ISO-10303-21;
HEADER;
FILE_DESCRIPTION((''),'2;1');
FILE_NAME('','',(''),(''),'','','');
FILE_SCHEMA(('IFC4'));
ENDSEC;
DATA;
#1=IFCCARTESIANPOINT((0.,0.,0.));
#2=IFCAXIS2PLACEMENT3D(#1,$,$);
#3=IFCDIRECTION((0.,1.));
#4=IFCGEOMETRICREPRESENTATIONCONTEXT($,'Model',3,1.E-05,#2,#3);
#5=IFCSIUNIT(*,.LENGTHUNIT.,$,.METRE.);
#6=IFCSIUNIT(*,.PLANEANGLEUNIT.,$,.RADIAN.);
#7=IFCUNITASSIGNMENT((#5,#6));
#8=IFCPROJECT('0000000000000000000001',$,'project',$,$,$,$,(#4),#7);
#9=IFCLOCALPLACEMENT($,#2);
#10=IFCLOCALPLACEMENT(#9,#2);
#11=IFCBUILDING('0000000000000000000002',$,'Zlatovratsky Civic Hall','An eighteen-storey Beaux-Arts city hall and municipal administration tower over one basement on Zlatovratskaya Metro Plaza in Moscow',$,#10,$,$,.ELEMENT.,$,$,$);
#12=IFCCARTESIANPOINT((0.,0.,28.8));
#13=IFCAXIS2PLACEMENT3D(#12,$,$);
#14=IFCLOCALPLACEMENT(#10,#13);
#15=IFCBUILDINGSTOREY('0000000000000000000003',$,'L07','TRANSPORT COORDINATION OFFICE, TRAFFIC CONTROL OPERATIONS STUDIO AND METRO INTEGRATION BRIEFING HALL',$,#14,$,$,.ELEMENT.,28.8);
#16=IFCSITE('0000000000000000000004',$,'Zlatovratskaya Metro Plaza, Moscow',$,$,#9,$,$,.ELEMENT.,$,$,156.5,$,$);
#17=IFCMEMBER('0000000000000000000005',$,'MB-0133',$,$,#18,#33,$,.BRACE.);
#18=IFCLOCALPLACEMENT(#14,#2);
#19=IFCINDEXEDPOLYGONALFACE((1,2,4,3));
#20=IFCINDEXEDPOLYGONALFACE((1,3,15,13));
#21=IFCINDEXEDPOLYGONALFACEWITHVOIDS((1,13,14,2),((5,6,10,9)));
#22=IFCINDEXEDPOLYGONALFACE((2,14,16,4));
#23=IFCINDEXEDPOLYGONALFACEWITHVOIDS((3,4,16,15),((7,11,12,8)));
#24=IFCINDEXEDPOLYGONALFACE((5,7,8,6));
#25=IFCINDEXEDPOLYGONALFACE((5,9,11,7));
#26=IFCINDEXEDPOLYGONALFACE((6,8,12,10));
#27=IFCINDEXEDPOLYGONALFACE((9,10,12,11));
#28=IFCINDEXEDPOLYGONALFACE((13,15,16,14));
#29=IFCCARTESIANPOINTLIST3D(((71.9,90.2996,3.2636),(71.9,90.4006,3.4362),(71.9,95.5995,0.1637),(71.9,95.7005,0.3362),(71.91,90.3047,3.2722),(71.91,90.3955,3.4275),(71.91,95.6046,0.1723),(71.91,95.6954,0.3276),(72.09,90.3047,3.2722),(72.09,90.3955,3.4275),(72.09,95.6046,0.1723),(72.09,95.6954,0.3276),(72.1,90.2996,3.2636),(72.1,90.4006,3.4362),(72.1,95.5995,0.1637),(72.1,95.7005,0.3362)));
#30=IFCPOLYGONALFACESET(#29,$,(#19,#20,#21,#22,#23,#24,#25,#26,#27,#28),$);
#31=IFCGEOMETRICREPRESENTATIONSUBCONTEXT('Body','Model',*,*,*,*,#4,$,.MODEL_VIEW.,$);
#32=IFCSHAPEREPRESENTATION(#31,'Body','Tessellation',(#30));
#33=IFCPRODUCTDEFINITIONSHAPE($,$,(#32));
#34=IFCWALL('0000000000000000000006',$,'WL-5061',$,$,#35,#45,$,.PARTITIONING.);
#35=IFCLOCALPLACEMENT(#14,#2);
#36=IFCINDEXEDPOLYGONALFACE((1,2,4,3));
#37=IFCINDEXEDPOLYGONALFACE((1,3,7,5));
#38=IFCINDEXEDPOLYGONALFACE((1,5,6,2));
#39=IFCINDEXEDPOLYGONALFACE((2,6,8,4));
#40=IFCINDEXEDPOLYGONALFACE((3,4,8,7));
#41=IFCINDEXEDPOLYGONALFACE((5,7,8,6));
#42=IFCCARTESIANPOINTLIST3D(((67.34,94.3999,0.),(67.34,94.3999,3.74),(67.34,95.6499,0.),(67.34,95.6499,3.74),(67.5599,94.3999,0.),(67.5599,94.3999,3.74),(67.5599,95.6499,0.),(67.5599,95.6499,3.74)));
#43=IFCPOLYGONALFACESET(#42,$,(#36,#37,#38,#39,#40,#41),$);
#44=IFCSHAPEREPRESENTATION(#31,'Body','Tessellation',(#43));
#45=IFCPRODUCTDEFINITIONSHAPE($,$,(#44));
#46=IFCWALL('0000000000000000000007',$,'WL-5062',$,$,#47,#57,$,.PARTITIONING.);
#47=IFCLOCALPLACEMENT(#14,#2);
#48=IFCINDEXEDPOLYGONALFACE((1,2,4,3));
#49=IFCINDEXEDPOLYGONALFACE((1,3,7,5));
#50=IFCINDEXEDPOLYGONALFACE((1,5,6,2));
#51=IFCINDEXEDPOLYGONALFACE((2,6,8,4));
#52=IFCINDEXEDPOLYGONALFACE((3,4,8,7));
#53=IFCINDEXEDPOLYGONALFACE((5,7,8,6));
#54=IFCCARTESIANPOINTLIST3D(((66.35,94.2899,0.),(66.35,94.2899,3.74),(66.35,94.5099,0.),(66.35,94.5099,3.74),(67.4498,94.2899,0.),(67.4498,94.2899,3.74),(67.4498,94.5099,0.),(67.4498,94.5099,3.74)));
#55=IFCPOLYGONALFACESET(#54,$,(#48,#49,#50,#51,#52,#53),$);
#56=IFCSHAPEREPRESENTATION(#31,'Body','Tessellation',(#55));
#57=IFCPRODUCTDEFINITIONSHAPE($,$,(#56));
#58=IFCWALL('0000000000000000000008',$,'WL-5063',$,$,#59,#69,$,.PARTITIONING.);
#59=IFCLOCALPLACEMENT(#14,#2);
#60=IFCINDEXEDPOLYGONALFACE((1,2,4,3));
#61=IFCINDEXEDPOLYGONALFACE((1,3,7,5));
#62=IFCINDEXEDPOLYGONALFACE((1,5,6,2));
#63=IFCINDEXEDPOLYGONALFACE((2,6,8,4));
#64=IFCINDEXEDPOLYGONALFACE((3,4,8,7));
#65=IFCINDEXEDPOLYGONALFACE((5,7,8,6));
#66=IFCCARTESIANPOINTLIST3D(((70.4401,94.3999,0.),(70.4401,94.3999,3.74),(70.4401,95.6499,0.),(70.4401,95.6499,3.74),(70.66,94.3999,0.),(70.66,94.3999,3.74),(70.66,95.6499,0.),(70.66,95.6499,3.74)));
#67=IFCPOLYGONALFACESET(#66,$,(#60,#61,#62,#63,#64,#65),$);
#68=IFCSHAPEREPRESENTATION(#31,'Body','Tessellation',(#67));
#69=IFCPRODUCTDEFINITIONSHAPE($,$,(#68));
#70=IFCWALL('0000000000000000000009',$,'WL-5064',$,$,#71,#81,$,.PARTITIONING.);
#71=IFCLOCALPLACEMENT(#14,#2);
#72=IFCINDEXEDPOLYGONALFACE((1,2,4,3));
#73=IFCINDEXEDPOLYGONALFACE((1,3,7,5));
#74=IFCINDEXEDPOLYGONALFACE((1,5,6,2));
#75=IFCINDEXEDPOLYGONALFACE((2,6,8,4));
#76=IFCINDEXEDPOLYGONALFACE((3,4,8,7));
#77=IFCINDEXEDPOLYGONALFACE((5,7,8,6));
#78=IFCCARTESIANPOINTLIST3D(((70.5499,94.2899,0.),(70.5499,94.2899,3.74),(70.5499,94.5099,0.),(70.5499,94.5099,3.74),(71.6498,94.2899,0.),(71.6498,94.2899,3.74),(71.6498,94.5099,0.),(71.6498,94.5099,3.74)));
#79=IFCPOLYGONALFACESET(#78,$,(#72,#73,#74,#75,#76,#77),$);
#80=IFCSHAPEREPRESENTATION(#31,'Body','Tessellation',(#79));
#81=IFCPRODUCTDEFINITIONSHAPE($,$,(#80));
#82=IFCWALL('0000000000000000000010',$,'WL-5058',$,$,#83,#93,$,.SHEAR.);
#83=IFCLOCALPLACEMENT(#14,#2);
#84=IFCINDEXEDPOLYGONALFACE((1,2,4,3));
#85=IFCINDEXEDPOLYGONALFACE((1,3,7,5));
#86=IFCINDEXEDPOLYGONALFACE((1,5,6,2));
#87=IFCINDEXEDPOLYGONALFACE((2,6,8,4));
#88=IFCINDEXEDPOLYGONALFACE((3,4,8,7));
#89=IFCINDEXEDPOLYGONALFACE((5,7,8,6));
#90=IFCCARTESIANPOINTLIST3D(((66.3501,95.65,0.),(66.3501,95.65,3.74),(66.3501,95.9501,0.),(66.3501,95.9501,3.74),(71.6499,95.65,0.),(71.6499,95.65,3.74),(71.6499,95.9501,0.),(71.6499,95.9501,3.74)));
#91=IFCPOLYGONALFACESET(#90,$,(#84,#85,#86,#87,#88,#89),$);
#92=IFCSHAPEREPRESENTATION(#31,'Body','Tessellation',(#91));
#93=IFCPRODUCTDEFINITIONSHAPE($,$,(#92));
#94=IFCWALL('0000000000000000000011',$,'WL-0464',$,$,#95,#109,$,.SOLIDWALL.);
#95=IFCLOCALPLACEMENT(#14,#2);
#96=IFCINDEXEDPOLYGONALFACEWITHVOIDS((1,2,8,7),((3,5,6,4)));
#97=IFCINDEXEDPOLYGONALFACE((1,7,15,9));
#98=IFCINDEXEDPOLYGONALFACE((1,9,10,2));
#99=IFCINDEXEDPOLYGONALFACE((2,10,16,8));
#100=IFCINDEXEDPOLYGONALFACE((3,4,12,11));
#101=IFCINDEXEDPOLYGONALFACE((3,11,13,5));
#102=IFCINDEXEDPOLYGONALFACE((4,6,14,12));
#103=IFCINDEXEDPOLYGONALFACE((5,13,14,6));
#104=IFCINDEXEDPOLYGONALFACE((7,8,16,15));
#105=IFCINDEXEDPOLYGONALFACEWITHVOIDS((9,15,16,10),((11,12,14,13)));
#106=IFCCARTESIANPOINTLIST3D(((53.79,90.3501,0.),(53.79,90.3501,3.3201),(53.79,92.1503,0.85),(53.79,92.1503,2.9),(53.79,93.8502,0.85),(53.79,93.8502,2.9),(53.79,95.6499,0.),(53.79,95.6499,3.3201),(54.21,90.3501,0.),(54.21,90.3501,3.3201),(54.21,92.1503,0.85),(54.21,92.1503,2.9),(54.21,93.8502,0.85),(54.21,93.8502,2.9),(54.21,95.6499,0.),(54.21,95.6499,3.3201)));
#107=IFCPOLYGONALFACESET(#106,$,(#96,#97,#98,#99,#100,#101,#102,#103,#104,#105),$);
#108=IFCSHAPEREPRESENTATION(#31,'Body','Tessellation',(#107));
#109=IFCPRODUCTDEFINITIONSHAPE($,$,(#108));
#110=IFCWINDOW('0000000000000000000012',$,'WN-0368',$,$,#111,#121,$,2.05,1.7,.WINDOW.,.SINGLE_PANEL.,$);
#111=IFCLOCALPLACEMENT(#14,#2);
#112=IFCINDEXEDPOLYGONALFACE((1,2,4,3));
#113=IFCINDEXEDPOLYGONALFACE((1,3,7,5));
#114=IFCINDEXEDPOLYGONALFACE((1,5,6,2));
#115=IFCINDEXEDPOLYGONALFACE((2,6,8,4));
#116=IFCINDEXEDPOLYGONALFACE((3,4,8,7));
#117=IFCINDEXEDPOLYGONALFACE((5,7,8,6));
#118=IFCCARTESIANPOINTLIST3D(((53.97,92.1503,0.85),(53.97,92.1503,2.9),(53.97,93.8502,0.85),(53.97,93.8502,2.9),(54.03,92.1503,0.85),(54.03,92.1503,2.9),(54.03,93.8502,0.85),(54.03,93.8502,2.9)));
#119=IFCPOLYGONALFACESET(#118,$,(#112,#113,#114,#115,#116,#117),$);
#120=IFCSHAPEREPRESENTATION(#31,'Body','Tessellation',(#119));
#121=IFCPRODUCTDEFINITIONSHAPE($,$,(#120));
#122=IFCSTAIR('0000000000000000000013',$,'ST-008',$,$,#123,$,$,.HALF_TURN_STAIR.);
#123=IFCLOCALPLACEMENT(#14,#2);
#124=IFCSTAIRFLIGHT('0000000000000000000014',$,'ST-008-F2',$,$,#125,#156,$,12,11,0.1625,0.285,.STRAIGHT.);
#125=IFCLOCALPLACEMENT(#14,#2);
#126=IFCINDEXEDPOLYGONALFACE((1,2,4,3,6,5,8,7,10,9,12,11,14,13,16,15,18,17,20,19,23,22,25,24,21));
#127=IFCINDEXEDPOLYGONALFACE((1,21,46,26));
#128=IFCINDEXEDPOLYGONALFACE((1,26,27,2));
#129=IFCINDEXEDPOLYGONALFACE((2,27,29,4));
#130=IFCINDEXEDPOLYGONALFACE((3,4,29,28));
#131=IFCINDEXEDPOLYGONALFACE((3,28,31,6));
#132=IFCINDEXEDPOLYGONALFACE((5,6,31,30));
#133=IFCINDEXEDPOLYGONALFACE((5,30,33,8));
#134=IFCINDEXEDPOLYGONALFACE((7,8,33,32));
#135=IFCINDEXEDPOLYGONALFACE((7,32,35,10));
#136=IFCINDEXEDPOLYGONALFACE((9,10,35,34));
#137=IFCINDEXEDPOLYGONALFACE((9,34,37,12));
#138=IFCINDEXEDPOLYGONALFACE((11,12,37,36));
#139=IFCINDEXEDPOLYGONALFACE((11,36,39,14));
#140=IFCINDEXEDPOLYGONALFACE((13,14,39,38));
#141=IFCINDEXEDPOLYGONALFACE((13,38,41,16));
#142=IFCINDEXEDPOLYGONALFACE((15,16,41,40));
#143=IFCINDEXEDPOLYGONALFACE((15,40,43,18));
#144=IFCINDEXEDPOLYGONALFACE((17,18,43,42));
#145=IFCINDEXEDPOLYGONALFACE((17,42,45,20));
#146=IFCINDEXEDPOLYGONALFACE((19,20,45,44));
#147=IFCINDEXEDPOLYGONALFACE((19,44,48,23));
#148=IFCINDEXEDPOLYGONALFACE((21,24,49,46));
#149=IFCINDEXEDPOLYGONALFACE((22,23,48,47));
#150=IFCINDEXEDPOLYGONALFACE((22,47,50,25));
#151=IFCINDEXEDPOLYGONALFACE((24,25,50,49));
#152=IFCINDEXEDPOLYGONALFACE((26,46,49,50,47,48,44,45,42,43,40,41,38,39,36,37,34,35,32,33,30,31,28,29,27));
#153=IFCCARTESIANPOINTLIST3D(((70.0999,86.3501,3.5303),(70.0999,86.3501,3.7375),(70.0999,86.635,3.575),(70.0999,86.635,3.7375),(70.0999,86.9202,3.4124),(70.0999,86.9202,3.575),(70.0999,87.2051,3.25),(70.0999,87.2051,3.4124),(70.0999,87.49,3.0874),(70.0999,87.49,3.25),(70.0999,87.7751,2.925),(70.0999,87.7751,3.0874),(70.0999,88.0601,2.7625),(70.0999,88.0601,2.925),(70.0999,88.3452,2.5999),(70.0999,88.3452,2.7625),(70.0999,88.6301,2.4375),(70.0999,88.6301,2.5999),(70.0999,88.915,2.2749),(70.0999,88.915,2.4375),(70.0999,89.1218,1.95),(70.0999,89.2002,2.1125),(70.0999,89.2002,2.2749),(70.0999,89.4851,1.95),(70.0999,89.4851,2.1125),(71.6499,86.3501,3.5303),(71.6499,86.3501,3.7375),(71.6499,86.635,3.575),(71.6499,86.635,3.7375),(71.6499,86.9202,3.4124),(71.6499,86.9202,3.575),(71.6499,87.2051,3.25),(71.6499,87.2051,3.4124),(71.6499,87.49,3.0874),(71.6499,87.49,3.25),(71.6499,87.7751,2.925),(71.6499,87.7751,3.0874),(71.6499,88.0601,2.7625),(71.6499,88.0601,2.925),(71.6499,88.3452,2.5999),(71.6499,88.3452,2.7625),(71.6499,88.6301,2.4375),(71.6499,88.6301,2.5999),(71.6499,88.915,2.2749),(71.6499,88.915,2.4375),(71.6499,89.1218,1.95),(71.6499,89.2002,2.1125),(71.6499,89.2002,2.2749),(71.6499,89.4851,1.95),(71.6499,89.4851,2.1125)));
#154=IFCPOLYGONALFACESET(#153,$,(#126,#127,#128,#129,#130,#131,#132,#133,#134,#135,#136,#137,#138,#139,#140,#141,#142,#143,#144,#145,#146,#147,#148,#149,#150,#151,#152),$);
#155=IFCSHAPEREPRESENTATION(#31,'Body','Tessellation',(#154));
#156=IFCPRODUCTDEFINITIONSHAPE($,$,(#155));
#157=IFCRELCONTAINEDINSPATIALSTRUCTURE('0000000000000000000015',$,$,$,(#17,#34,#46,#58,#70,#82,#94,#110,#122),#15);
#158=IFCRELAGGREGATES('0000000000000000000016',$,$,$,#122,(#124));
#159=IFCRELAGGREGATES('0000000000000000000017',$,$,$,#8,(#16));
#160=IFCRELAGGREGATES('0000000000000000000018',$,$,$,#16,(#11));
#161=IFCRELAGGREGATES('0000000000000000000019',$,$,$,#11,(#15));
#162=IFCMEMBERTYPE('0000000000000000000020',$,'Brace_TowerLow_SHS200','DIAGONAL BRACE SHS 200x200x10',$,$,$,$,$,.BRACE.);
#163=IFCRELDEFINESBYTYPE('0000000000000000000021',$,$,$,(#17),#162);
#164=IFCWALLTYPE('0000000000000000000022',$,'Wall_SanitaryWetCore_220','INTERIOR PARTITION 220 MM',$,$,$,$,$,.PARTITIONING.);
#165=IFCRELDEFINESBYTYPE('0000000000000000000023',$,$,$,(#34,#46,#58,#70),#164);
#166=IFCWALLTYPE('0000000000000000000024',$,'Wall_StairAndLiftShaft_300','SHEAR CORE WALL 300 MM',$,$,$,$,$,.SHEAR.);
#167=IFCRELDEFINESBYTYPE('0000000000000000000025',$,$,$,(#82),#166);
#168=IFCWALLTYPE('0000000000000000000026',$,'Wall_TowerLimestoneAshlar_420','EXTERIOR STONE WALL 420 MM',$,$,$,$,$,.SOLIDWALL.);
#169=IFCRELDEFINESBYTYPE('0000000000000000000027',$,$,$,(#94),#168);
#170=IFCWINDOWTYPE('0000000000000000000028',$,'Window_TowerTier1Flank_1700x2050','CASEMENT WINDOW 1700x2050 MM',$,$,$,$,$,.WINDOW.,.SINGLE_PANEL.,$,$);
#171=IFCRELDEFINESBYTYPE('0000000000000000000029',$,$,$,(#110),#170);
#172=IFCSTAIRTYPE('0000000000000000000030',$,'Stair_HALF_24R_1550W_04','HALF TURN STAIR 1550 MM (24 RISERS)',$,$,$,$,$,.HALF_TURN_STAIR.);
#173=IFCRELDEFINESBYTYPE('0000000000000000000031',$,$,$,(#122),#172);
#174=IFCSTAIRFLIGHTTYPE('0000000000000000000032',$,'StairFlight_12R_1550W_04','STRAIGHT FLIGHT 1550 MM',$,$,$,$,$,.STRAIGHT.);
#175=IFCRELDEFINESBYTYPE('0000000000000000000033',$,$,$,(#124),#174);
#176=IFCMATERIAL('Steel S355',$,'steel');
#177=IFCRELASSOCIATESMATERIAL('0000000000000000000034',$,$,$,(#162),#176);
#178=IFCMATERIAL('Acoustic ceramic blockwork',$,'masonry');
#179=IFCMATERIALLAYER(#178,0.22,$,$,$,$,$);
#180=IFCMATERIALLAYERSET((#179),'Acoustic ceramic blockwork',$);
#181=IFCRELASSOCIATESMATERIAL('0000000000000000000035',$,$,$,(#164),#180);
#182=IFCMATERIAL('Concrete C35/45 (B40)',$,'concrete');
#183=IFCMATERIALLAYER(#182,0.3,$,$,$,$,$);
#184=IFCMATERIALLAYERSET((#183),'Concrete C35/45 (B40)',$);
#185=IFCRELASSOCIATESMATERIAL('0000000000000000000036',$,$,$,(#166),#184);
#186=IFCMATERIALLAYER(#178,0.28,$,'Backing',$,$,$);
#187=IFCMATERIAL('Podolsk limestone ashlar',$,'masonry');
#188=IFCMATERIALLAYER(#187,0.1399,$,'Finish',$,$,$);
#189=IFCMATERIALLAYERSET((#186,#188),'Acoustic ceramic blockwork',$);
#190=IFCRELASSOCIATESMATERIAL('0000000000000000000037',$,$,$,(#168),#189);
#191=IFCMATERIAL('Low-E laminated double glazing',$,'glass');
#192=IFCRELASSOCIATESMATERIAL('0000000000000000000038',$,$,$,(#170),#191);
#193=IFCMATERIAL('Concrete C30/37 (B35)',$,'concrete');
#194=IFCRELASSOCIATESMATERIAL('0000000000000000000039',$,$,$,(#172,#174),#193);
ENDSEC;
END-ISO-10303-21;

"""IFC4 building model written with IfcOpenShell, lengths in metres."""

from ifc_helpers import new_model, si_unit, direction, frame, frame_2d, origin, origin_2d, place, context, subcontext, project, spatial, polyline, rectangle, hollow_rectangle, outline, extrude, material, layer, layer_set, material_profile, profile_set, type_object, element, fill, aggregate, save


model = new_model("IFC4")

# Units and contexts
model_context = context("Model", 3, precision=1e-05, world=origin(), true_north=direction((0.0, 1.0)))
body_context = subcontext(model_context, "Body", "Model", "MODEL_VIEW")
ifc_project = project(units=[si_unit("LENGTHUNIT", "METRE"), si_unit("PLANEANGLEUNIT", "RADIAN")], contexts=[model_context])

# Site, building, storey
site_placement = place(None, origin())
site = spatial("IfcSite", under=ifc_project, at=site_placement, Name="Zlatovratskaya Metro Plaza, Moscow", CompositionType="ELEMENT", RefElevation=156.5)
building_placement = place(site_placement, origin())
building = spatial("IfcBuilding", under=site, at=building_placement, Name="Zlatovratsky Civic Hall", Description="An eighteen-storey Beaux-Arts city hall and municipal administration tower over one basement on Zlatovratskaya Metro Plaza in Moscow", CompositionType="ELEMENT")
storey_placement = place(building_placement, frame((0.0, 0.0, 28.8)))
storey = spatial("IfcBuildingStorey", under=building, at=storey_placement, Name="L07", Description="TRANSPORT COORDINATION OFFICE, TRAFFIC CONTROL OPERATIONS STUDIO AND METRO INTEGRATION BRIEFING HALL", CompositionType="ELEMENT", Elevation=28.8)

# Shared definitions
ifc_material_1 = material(Name="Concrete C35/45 (B40)", Category="concrete")
ifc_material_2 = material(Name="Steel S355", Category="steel")

# Member
ifc_material_profile_1 = material_profile(ifc_material_2, hollow_rectangle(XDim=0.2, YDim=0.2, WallThickness=0.01, at=origin_2d()), Name="SHS 200x200x10")
ifc_profile_set_1 = profile_set([ifc_material_profile_1], Name="Steel S355")
member_type = type_object("IfcMemberType", Name="Brace_TowerLow_SHS200", Description="DIAGONAL BRACE SHS 200x200x10", PredefinedType="BRACE", material=ifc_profile_set_1)
member_placement = place(storey_placement, frame((72.0, 90.3501, 3.3499), z_axis=(0.0, 0.86319, -0.504879), x_axis=(-1.0, 0.0, 0.0)))
element("IfcMember", 1, at=member_placement, inside=storey, type_object=member_type, Name="MB-0133", PredefinedType="BRACE", context=body_context, shape_type="SweptSolid", body=[
    extrude(hollow_rectangle(XDim=0.2, YDim=0.2, WallThickness=0.01, at=origin_2d()), origin(), (0.0, 0.0, 1.0), 6.1399),
])

# Walls
ifc_material_3 = material(Name="Acoustic ceramic blockwork", Category="masonry")
ifc_layer_1 = layer(ifc_material_3, 0.22)
ifc_layer_set_1 = layer_set([ifc_layer_1], Name="Acoustic ceramic blockwork")
wall_type_1 = type_object("IfcWallType", Name="Wall_SanitaryWetCore_220", Description="INTERIOR PARTITION 220 MM", PredefinedType="PARTITIONING", material=ifc_layer_set_1)
wall_1_placement = place(storey_placement, frame((67.45, 94.3999, 0.0), z_axis=(0.0, 0.0, 1.0), x_axis=(0.0, 1.0, 0.0)))
element("IfcWall", 2, at=wall_1_placement, inside=storey, type_object=wall_type_1, Name="WL-5061", PredefinedType="PARTITIONING", context=body_context, shape_type="SweptSolid", body=[
    extrude(rectangle(XDim=1.25, YDim=0.22, at=frame_2d((0.625, 0.0))), origin(), (0.0, 0.0, 1.0), 3.74),
])
wall_2_placement = place(storey_placement, frame((66.3501, 94.3999, 0.0), z_axis=(0.0, 0.0, 1.0), x_axis=(1.0, 0.0, 0.0)))
element("IfcWall", 3, at=wall_2_placement, inside=storey, type_object=wall_type_1, Name="WL-5062", PredefinedType="PARTITIONING", context=body_context, shape_type="SweptSolid", body=[
    extrude(rectangle(XDim=1.0999, YDim=0.22, at=frame_2d((0.5498, 0.0))), origin(), (0.0, 0.0, 1.0), 3.74),
])
wall_3_placement = place(storey_placement, frame((70.55, 94.3999, 0.0), z_axis=(0.0, 0.0, 1.0), x_axis=(0.0, 1.0, 0.0)))
element("IfcWall", 4, at=wall_3_placement, inside=storey, type_object=wall_type_1, Name="WL-5063", PredefinedType="PARTITIONING", context=body_context, shape_type="SweptSolid", body=[
    extrude(rectangle(XDim=1.25, YDim=0.22, at=frame_2d((0.625, 0.0))), origin(), (0.0, 0.0, 1.0), 3.74),
])
wall_4_placement = place(storey_placement, frame((70.55, 94.3999, 0.0), z_axis=(0.0, 0.0, 1.0), x_axis=(1.0, 0.0, 0.0)))
element("IfcWall", 5, at=wall_4_placement, inside=storey, type_object=wall_type_1, Name="WL-5064", PredefinedType="PARTITIONING", context=body_context, shape_type="SweptSolid", body=[
    extrude(rectangle(XDim=1.0999, YDim=0.22, at=frame_2d((0.5498, 0.0))), origin(), (0.0, 0.0, 1.0), 3.74),
])
ifc_layer_2 = layer(ifc_material_1, 0.3)
ifc_layer_set_2 = layer_set([ifc_layer_2], Name="Concrete C35/45 (B40)")
wall_type_2 = type_object("IfcWallType", Name="Wall_StairAndLiftShaft_300", Description="SHEAR CORE WALL 300 MM", PredefinedType="SHEAR", material=ifc_layer_set_2)
wall_5_placement = place(storey_placement, frame((66.3501, 95.8, 0.0), z_axis=(0.0, 0.0, 1.0), x_axis=(1.0, 0.0, 0.0)))
element("IfcWall", 6, at=wall_5_placement, inside=storey, type_object=wall_type_2, Name="WL-5058", PredefinedType="SHEAR", context=body_context, shape_type="SweptSolid", body=[
    extrude(rectangle(XDim=5.2998, YDim=0.3, at=frame_2d((2.6499, 0.0))), origin(), (0.0, 0.0, 1.0), 3.74),
])

# Wall, opening, window
ifc_layer_3 = layer(ifc_material_3, 0.28, Name="Backing")
ifc_material_4 = material(Name="Podolsk limestone ashlar", Category="masonry")
ifc_layer_4 = layer(ifc_material_4, 0.1399, Name="Finish")
ifc_layer_set_3 = layer_set([ifc_layer_3, ifc_layer_4], Name="Acoustic ceramic blockwork")
wall_type_3 = type_object("IfcWallType", Name="Wall_TowerLimestoneAshlar_420", Description="EXTERIOR STONE WALL 420 MM", PredefinedType="SOLIDWALL", material=ifc_layer_set_3)
wall_6_placement = place(storey_placement, frame((54.0, 90.3501, 0.0), z_axis=(0.0, 0.0, 1.0), x_axis=(0.0, 1.0, 0.0)))
wall_6 = element("IfcWall", 7, at=wall_6_placement, inside=storey, type_object=wall_type_3, Name="WL-0464", PredefinedType="SOLIDWALL", context=body_context, shape_type="SweptSolid", body=[
    extrude(rectangle(XDim=5.2998, YDim=0.4199, at=frame_2d((2.6499, 0.0))), origin(), (0.0, 0.0, 1.0), 3.3201),
])
opening_placement = place(wall_6_placement, frame((1.8, 0.0, 0.8501)))
opening = element("IfcOpeningElement", 8, at=opening_placement, cuts=wall_6, PredefinedType="OPENING", context=body_context, shape_type="SweptSolid", body=[
    extrude(rectangle(XDim=1.7, YDim=2.05, at=frame_2d((0.8501, 1.0249))), frame((0.0, 0.2249, 0.0), z_axis=(0.0, -1.0, 0.0), x_axis=(1.0, 0.0, 0.0)), (0.0, 0.0, 1.0), 0.4497),
])
ifc_material_5 = material(Name="Low-E laminated double glazing", Category="glass")
window_type = type_object("IfcWindowType", Name="Window_TowerTier1Flank_1700x2050", Description="CASEMENT WINDOW 1700x2050 MM", PartitioningType="SINGLE_PANEL", PredefinedType="WINDOW", material=ifc_material_5)
window_placement = place(opening_placement, origin())
window = element("IfcWindow", 9, at=window_placement, inside=storey, type_object=window_type, Name="WN-0368", OverallHeight=2.05, OverallWidth=1.7, PartitioningType="SINGLE_PANEL", PredefinedType="WINDOW", context=body_context, shape_type="SweptSolid", body=[
    extrude(rectangle(XDim=1.7, YDim=2.05, at=frame_2d((0.8501, 1.0249))), frame((0.0, 0.03, 0.0), z_axis=(0.0, -1.0, 0.0), x_axis=(1.0, 0.0, 0.0)), (0.0, 0.0, 1.0), 0.0601),
])
fill(opening, window)

# Stair, stair flight
ifc_material_6 = material(Name="Concrete C30/37 (B35)", Category="concrete")
stair_type = type_object("IfcStairType", Name="Stair_HALF_24R_1550W_04", Description="HALF TURN STAIR 1550 MM (24 RISERS)", PredefinedType="HALF_TURN_STAIR", material=ifc_material_6)
stair_placement = place(storey_placement, origin())
stair = element("IfcStair", 10, at=stair_placement, inside=storey, type_object=stair_type, Name="ST-008", PredefinedType="HALF_TURN_STAIR")
stair_flight_type = type_object("IfcStairFlightType", Name="StairFlight_12R_1550W_04", Description="STRAIGHT FLIGHT 1550 MM", PredefinedType="STRAIGHT", material=ifc_material_6)
stair_flight_placement = place(storey_placement, frame((70.875, 89.4851, 1.95), z_axis=(0.0, 0.0, 1.0), x_axis=(0.0, -1.0, 0.0)))
stair_flight = element("IfcStairFlight", 11, at=stair_flight_placement, type_object=stair_flight_type, Name="ST-008-F2", NumberOfRisers=12, NumberOfTreads=11, PredefinedType="STRAIGHT", RiserHeight=0.1625, TreadLength=0.285, context=body_context, shape_type="SweptSolid", body=[
    extrude(outline(polyline([(0.0, 0.0), (0.0, 0.1626), (0.2849, 0.1626), (0.2849, 0.325), (0.5701, 0.325), (0.5701, 0.4875), (0.855, 0.4875), (0.855, 0.6499), (1.1399, 0.6499), (1.1399, 0.8125), (1.425, 0.8125), (1.425, 0.9751), (1.71, 0.9751), (1.71, 1.1375), (1.9951, 1.1375), (1.9951, 1.3), (2.28, 1.3), (2.28, 1.4624), (2.5649, 1.4624), (2.5649, 1.625), (2.8501, 1.625), (2.8501, 1.7876), (3.135, 1.7876), (3.135, 1.95), (3.135, 1.5803), (0.3633, 0.0), (0.0, 0.0)])), frame((0.0, 0.7749, 0.0), z_axis=(0.0, -1.0, 0.0), x_axis=(1.0, 0.0, 0.0)), (0.0, 0.0, 1.0), 1.55),
])
aggregate(stair, [stair_flight])

save(model, "model.ifc")
